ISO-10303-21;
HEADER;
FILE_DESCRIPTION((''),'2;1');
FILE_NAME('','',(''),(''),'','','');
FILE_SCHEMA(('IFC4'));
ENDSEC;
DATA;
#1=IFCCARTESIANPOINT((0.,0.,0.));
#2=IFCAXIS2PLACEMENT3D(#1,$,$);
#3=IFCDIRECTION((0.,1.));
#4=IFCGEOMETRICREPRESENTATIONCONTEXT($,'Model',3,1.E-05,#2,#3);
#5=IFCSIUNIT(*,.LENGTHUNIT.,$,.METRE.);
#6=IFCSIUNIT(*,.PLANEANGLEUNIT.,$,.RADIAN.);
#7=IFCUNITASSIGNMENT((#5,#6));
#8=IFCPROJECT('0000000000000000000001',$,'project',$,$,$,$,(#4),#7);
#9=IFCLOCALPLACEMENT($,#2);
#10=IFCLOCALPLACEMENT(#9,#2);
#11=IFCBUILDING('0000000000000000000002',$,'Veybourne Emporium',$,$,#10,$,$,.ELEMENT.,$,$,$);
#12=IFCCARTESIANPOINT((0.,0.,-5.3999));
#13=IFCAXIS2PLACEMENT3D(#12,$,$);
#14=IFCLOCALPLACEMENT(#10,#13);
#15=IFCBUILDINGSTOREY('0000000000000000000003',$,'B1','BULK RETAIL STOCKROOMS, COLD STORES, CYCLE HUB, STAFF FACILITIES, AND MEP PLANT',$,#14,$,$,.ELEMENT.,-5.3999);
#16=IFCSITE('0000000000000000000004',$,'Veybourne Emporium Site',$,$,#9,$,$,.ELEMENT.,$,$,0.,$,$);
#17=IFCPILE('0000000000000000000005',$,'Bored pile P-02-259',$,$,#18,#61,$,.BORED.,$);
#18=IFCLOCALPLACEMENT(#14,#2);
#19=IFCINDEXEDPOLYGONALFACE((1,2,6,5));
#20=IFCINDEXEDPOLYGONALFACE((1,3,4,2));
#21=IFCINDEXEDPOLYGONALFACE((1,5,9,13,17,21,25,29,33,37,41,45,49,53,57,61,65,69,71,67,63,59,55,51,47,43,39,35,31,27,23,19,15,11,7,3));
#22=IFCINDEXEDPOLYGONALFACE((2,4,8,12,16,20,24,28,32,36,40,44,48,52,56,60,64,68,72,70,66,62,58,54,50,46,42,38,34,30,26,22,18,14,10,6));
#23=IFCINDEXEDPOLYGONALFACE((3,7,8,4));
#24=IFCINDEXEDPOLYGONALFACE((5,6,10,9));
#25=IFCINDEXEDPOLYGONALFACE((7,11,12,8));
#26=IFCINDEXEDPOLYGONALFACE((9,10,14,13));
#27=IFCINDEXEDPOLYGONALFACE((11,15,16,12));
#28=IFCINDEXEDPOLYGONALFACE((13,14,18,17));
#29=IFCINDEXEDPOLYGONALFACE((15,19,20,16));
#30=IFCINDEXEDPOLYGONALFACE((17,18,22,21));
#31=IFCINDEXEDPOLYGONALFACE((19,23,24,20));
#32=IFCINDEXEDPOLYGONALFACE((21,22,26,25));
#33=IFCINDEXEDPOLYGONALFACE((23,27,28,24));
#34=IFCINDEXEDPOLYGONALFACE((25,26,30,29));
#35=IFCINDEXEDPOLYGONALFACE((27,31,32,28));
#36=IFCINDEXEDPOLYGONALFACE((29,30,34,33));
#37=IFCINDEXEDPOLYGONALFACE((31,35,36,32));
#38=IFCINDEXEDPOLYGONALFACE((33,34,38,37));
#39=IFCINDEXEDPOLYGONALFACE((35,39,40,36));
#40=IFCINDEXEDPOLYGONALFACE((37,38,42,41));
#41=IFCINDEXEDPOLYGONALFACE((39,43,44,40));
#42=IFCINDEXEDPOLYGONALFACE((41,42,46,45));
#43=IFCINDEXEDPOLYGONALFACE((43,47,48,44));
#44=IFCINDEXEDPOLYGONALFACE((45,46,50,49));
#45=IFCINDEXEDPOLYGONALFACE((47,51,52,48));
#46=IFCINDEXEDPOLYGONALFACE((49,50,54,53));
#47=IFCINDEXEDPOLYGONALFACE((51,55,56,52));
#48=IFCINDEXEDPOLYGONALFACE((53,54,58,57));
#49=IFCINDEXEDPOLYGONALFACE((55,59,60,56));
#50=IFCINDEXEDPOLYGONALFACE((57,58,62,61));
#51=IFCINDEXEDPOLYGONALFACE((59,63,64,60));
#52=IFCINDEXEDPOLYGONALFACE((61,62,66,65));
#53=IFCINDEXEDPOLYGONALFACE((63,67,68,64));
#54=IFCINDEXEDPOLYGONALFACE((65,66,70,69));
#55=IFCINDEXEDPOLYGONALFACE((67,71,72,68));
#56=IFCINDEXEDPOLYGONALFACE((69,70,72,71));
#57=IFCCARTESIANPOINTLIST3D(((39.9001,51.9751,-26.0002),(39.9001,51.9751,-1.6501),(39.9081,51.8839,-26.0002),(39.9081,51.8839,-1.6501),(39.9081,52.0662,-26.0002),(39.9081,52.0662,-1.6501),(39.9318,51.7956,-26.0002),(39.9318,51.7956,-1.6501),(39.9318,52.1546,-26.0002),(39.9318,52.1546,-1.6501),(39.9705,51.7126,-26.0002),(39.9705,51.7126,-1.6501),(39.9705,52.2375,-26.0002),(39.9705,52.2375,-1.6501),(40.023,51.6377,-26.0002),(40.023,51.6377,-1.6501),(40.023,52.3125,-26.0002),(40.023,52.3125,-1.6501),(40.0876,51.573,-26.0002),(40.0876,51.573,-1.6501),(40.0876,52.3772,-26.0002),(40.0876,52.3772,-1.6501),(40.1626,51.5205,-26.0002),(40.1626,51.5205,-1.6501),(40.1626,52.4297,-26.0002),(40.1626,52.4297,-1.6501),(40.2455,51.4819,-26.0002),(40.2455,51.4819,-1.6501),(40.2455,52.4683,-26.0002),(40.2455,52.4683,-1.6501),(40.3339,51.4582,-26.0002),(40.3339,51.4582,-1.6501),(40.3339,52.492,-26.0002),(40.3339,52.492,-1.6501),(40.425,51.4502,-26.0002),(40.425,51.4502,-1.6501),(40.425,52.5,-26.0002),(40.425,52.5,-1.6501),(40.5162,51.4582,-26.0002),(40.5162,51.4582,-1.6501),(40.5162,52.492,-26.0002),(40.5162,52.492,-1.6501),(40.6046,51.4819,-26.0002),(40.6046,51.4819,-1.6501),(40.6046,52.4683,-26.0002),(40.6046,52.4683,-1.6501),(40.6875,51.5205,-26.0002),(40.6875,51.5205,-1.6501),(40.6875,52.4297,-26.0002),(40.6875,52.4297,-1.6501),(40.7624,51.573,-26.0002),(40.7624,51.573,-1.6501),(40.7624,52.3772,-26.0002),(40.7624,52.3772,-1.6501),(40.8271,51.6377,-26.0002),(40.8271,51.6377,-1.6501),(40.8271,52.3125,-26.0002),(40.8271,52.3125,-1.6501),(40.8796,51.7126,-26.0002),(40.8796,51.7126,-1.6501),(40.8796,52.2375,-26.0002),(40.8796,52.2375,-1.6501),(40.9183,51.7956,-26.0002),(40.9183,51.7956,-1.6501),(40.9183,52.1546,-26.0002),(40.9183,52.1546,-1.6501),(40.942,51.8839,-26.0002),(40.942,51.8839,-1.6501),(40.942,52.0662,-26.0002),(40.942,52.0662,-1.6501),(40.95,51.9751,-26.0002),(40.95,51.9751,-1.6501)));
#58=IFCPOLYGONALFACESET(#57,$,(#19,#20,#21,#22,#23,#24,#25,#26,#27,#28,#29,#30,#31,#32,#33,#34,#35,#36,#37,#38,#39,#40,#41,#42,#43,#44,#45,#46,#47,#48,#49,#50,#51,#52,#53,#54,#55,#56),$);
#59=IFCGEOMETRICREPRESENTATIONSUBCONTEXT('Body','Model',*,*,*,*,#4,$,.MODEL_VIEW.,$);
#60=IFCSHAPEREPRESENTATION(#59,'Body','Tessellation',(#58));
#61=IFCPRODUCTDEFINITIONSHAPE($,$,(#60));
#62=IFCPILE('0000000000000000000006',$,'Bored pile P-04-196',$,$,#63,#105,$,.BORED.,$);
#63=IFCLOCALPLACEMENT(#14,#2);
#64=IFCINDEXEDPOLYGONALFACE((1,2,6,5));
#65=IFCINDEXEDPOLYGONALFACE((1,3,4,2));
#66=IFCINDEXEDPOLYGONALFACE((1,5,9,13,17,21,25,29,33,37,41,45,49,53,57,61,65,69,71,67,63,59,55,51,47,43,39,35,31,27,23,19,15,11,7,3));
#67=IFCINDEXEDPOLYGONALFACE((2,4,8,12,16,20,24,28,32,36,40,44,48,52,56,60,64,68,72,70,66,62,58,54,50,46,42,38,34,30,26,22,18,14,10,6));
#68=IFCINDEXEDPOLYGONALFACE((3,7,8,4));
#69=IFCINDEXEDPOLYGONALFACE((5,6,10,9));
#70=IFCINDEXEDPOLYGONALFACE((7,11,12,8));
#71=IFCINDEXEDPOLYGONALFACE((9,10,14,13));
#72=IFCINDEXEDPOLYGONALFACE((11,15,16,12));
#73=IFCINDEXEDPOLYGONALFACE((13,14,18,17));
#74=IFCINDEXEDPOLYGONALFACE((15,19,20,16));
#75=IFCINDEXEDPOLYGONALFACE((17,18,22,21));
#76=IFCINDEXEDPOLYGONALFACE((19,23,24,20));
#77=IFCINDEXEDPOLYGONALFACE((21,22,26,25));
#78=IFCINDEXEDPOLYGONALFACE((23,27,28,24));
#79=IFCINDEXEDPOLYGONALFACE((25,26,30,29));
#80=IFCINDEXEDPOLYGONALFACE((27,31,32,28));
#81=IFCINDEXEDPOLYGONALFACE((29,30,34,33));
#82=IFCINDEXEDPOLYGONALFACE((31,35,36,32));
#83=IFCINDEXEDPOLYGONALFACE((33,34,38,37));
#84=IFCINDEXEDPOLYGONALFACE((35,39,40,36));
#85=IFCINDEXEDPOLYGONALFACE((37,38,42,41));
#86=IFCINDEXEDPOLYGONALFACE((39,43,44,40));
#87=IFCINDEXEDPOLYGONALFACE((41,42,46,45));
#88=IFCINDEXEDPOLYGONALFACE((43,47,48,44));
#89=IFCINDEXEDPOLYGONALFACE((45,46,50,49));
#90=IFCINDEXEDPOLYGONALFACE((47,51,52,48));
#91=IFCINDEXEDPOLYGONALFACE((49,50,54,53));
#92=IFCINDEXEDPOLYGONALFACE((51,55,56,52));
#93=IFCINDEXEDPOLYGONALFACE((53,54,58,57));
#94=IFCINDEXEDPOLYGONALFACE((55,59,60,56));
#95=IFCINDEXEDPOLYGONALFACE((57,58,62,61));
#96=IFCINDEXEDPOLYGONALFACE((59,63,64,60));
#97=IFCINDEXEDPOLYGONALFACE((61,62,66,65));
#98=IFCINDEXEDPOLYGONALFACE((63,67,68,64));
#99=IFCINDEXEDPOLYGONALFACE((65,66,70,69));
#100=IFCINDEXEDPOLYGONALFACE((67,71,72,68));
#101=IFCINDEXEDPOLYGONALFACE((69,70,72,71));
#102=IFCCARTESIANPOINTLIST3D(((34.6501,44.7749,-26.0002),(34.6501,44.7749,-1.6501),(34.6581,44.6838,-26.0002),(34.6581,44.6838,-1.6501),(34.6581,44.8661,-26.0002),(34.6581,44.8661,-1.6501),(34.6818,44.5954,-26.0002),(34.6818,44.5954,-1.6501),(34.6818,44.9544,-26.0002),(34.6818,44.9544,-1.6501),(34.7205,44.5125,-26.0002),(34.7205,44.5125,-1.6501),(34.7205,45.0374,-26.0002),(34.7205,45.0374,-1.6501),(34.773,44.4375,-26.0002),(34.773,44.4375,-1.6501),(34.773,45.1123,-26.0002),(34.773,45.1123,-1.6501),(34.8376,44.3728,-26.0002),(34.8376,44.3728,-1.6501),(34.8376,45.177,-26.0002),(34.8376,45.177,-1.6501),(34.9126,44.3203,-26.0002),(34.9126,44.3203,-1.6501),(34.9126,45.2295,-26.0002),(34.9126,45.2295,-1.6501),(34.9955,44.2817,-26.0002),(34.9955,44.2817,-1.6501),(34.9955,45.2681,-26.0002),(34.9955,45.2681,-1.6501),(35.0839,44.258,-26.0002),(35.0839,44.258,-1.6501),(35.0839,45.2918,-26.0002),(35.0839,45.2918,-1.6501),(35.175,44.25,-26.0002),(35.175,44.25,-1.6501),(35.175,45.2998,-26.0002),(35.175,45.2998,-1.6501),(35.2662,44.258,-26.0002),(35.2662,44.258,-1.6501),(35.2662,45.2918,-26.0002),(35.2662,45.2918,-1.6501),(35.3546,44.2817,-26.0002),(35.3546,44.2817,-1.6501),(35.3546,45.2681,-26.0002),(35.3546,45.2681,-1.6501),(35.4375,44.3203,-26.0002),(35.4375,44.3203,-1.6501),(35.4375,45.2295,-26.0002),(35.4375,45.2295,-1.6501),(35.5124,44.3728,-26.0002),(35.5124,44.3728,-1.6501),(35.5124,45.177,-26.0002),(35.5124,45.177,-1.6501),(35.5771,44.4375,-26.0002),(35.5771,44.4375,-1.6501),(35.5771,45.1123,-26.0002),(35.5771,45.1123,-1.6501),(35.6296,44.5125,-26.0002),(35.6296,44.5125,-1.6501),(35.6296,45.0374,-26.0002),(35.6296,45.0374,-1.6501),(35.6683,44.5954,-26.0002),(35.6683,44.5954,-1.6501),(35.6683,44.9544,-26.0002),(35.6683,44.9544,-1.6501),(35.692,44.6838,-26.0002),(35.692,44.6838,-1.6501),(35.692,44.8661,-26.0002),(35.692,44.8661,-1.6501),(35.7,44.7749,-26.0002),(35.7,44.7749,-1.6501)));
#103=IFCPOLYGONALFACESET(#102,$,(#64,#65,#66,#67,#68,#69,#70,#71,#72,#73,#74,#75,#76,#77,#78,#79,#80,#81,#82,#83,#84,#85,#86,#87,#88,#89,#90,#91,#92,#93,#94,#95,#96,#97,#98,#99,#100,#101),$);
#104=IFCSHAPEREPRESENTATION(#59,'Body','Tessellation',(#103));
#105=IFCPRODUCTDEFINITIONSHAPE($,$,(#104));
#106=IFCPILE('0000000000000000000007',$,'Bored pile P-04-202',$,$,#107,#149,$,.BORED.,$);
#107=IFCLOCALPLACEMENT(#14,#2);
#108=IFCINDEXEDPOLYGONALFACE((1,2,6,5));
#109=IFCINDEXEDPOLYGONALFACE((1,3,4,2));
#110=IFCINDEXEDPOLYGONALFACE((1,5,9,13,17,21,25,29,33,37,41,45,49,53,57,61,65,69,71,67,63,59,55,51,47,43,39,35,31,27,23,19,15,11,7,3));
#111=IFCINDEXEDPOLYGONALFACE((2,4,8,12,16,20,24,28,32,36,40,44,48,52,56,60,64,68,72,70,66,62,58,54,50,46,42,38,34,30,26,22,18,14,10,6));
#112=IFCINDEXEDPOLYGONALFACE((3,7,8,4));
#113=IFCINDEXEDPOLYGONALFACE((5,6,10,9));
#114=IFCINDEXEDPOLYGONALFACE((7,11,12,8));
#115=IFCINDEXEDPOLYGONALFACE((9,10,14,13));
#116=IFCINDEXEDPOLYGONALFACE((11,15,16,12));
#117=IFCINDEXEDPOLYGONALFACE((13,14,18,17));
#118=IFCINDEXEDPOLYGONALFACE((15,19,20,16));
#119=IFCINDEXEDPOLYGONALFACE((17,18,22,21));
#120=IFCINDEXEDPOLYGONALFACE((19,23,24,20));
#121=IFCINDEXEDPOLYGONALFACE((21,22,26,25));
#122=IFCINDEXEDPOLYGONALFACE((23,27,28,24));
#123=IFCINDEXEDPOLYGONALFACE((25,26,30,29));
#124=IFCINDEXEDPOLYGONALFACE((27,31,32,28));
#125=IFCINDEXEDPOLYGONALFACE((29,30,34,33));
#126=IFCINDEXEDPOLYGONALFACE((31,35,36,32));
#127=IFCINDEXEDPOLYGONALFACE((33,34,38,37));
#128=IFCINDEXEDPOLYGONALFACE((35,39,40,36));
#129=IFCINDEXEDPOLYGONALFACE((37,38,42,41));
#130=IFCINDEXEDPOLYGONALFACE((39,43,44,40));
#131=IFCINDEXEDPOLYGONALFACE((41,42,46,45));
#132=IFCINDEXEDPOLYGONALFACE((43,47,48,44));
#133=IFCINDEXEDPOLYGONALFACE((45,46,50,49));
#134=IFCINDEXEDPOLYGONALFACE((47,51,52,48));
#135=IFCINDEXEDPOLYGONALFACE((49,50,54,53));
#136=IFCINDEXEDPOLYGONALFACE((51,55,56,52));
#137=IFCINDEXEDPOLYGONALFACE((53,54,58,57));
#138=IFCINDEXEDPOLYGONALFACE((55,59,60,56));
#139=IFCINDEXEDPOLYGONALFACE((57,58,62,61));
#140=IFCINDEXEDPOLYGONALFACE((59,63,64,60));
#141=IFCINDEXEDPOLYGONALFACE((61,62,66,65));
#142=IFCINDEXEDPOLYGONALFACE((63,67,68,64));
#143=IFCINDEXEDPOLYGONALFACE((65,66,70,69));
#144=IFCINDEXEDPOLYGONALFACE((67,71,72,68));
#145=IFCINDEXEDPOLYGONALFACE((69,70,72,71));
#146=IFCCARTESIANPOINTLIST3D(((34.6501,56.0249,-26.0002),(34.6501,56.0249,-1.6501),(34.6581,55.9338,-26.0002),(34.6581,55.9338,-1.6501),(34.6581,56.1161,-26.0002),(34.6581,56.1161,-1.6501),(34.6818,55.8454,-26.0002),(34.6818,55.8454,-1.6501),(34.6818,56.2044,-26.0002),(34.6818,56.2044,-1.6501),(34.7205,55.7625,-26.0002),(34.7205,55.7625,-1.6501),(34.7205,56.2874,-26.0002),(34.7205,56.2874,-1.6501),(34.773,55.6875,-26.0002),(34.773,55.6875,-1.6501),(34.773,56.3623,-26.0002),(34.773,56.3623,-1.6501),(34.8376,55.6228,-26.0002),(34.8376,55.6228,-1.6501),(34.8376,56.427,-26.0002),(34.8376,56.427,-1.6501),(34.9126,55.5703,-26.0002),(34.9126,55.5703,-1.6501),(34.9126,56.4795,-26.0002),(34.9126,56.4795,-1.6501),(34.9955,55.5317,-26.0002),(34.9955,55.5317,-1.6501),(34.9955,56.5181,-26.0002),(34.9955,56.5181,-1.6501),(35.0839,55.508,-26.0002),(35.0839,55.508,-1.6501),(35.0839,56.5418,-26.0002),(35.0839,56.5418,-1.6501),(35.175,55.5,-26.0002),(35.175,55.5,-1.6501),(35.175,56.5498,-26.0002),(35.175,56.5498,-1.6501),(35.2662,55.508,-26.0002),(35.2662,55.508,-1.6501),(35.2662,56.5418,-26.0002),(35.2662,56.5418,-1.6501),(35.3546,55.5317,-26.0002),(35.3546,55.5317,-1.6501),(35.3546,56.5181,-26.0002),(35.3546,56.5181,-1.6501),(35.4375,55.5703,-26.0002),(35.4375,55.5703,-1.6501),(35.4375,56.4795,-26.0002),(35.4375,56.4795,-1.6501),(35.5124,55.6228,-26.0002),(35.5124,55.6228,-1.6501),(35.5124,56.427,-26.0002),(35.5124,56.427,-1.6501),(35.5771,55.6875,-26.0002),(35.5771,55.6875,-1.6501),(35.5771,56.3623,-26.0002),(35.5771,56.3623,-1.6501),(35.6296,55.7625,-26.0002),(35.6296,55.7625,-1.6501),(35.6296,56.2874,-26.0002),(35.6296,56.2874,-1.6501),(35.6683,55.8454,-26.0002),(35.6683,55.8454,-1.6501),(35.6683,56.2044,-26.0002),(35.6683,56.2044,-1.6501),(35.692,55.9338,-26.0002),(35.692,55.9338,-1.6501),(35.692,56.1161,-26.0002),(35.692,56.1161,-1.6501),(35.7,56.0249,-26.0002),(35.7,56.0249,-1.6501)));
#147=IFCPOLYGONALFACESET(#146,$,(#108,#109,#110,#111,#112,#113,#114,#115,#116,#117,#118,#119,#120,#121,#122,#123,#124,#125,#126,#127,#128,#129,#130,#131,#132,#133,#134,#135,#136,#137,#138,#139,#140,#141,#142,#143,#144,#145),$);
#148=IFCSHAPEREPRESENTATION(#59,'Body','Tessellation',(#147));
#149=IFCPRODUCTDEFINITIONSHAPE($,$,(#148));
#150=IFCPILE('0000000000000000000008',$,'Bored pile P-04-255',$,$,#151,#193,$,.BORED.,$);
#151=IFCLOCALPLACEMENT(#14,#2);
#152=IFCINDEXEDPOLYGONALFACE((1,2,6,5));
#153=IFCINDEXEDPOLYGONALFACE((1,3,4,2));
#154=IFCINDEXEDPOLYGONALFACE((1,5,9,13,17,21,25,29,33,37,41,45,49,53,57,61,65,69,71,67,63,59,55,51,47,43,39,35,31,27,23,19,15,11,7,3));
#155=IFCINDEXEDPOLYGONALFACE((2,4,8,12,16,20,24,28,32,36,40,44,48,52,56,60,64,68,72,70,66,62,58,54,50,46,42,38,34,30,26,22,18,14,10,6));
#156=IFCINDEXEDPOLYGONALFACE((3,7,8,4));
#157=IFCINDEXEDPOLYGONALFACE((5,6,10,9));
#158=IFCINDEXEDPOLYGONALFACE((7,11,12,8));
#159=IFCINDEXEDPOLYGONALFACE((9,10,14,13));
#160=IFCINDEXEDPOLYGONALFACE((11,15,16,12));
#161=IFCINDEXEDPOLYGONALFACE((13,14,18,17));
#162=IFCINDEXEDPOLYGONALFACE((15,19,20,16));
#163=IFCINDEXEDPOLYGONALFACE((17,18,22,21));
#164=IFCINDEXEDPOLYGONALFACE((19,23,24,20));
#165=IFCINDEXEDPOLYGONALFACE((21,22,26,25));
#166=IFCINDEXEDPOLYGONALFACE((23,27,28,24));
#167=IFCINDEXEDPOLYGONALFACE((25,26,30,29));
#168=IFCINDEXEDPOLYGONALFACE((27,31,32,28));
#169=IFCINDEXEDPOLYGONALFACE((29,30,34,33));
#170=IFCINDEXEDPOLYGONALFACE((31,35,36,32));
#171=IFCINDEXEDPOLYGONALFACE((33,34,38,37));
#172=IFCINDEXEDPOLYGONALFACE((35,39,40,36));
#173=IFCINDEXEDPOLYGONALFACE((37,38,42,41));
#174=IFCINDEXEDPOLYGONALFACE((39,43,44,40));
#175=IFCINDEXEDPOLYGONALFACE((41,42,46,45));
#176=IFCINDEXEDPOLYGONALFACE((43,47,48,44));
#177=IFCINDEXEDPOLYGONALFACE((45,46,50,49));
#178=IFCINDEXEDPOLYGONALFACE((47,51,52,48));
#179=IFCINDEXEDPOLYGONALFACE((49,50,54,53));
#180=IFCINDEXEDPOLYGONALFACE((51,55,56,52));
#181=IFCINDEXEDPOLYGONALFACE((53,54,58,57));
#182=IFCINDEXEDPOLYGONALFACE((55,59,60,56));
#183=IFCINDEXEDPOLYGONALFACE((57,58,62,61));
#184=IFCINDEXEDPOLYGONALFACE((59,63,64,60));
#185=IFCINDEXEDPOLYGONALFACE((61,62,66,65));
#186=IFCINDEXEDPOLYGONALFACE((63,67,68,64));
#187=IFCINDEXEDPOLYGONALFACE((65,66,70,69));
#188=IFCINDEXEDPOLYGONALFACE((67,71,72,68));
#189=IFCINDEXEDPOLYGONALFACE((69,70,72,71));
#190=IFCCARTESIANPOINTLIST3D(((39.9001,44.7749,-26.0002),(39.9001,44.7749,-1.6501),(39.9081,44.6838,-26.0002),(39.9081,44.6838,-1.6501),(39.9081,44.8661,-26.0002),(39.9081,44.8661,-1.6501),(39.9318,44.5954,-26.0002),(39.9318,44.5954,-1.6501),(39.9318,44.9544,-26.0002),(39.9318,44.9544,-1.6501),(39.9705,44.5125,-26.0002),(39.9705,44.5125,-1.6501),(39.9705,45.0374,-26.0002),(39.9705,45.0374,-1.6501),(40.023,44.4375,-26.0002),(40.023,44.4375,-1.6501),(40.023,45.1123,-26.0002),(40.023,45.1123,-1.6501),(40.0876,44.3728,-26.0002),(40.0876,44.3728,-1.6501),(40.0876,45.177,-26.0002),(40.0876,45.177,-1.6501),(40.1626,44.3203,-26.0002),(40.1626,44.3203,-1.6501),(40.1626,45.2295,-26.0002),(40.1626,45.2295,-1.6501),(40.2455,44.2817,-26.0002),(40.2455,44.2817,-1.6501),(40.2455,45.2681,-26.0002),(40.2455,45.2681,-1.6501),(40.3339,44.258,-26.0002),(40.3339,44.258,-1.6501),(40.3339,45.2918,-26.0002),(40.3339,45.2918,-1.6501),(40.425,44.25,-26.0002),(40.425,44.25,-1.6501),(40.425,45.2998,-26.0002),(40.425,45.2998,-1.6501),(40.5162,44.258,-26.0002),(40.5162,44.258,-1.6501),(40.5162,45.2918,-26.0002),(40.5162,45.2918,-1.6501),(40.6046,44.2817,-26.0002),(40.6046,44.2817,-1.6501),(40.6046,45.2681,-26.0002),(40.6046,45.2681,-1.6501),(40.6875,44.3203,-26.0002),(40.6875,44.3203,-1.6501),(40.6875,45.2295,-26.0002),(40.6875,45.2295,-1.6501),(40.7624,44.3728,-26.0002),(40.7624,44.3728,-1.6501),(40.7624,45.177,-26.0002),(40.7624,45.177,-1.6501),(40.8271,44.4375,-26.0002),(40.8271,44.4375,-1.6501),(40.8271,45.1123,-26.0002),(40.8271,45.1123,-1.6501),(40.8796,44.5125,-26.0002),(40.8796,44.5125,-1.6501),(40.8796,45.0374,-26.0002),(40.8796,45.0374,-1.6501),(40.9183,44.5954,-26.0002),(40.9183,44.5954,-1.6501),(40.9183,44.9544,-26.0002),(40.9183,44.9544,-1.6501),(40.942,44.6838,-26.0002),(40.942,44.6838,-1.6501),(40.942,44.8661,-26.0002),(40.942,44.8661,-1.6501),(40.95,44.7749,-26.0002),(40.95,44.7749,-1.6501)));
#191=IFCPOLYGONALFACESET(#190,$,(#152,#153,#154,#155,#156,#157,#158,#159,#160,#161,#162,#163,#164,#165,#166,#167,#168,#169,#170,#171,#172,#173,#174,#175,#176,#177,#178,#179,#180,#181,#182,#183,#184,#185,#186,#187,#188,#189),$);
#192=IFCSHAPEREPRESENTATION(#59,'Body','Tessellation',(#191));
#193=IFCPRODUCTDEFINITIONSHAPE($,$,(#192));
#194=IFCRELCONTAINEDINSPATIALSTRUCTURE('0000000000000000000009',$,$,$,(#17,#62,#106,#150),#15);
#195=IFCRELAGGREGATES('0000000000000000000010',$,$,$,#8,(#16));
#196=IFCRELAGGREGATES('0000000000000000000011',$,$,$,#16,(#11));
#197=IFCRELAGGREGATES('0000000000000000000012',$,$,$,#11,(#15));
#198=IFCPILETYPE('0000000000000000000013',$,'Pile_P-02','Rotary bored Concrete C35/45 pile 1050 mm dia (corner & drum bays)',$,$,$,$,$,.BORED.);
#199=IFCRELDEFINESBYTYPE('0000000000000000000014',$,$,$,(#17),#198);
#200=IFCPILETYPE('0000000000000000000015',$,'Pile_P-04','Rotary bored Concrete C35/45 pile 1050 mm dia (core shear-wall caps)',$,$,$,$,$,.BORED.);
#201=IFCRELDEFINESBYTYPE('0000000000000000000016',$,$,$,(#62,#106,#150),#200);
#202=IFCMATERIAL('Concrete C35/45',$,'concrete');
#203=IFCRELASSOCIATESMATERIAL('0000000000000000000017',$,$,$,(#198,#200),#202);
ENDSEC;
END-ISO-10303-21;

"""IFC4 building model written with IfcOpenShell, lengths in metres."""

from ifc_helpers import new_model, si_unit, direction, frame, origin, origin_2d, place, context, subcontext, project, spatial, circle, extrude, material, material_profile, profile_set, type_object, element, save


model = new_model("IFC4")

# Units and contexts
model_context = context("Model", 3, precision=1e-05, world=origin(), true_north=direction((0.0, 1.0)))
body_context = subcontext(model_context, "Body", "Model", "MODEL_VIEW")
ifc_project = project(units=[si_unit("LENGTHUNIT", "METRE"), si_unit("PLANEANGLEUNIT", "RADIAN")], contexts=[model_context])

# Site, building, storey
site_placement = place(None, origin())
site = spatial("IfcSite", under=ifc_project, at=site_placement, Name="Veybourne Emporium Site", CompositionType="ELEMENT", RefElevation=0.0)
building_placement = place(site_placement, origin())
building = spatial("IfcBuilding", under=site, at=building_placement, Name="Veybourne Emporium", CompositionType="ELEMENT")
storey_placement = place(building_placement, frame((0.0, 0.0, -5.3999)))
storey = spatial("IfcBuildingStorey", under=building, at=storey_placement, Name="B1", Description="BULK RETAIL STOCKROOMS, COLD STORES, CYCLE HUB, STAFF FACILITIES, AND MEP PLANT", CompositionType="ELEMENT", Elevation=-5.3999)

# Shared definitions
ifc_material_1 = material(Name="Concrete C35/45", Category="concrete")

# Piles
ifc_material_profile_1 = material_profile(ifc_material_1, circle(Radius=0.5249, at=origin_2d()), Name="BORED PILE 1050")
ifc_profile_set_1 = profile_set([ifc_material_profile_1], Name="Concrete C35/45")
pile_type_1 = type_object("IfcPileType", Name="Pile_P-02", Description="Rotary bored Concrete C35/45 pile 1050 mm dia (corner & drum bays)", PredefinedType="BORED", material=ifc_profile_set_1)
for number, where, z_axis, x_axis, name in (
    (1, (40.425, 51.9751, -1.6501), (0.0, 0.0, -1.0), (1.0, 0.0, 0.0), "Bored pile P-02-259"),
):
    element("IfcPile", number, at=place(storey_placement, frame(where, z_axis=z_axis, x_axis=x_axis)), inside=storey, type_object=pile_type_1, Name=name, PredefinedType="BORED", context=body_context, shape_type="SweptSolid", body=[
        extrude(circle(Radius=0.5249, at=origin_2d()), origin(), (0.0, 0.0, 1.0), 24.3501),
    ])
ifc_material_profile_2 = material_profile(ifc_material_1, circle(Radius=0.5249, at=origin_2d()), Name="BORED PILE 1050")
ifc_profile_set_2 = profile_set([ifc_material_profile_2], Name="Concrete C35/45")
pile_type_2 = type_object("IfcPileType", Name="Pile_P-04", Description="Rotary bored Concrete C35/45 pile 1050 mm dia (core shear-wall caps)", PredefinedType="BORED", material=ifc_profile_set_2)
for number, where, z_axis, x_axis, name in (
    (2, (35.175, 44.7749, -1.6501), (0.0, 0.0, -1.0), (1.0, 0.0, 0.0), "Bored pile P-04-196"),
    (3, (35.175, 56.0249, -1.6501), (0.0, 0.0, -1.0), (1.0, 0.0, 0.0), "Bored pile P-04-202"),
    (4, (40.425, 44.7749, -1.6501), (0.0, 0.0, -1.0), (1.0, 0.0, 0.0), "Bored pile P-04-255"),
):
    element("IfcPile", number, at=place(storey_placement, frame(where, z_axis=z_axis, x_axis=x_axis)), inside=storey, type_object=pile_type_2, Name=name, PredefinedType="BORED", context=body_context, shape_type="SweptSolid", body=[
        extrude(circle(Radius=0.5249, at=origin_2d()), origin(), (0.0, 0.0, 1.0), 24.3501),
    ])

save(model, "model.ifc")
